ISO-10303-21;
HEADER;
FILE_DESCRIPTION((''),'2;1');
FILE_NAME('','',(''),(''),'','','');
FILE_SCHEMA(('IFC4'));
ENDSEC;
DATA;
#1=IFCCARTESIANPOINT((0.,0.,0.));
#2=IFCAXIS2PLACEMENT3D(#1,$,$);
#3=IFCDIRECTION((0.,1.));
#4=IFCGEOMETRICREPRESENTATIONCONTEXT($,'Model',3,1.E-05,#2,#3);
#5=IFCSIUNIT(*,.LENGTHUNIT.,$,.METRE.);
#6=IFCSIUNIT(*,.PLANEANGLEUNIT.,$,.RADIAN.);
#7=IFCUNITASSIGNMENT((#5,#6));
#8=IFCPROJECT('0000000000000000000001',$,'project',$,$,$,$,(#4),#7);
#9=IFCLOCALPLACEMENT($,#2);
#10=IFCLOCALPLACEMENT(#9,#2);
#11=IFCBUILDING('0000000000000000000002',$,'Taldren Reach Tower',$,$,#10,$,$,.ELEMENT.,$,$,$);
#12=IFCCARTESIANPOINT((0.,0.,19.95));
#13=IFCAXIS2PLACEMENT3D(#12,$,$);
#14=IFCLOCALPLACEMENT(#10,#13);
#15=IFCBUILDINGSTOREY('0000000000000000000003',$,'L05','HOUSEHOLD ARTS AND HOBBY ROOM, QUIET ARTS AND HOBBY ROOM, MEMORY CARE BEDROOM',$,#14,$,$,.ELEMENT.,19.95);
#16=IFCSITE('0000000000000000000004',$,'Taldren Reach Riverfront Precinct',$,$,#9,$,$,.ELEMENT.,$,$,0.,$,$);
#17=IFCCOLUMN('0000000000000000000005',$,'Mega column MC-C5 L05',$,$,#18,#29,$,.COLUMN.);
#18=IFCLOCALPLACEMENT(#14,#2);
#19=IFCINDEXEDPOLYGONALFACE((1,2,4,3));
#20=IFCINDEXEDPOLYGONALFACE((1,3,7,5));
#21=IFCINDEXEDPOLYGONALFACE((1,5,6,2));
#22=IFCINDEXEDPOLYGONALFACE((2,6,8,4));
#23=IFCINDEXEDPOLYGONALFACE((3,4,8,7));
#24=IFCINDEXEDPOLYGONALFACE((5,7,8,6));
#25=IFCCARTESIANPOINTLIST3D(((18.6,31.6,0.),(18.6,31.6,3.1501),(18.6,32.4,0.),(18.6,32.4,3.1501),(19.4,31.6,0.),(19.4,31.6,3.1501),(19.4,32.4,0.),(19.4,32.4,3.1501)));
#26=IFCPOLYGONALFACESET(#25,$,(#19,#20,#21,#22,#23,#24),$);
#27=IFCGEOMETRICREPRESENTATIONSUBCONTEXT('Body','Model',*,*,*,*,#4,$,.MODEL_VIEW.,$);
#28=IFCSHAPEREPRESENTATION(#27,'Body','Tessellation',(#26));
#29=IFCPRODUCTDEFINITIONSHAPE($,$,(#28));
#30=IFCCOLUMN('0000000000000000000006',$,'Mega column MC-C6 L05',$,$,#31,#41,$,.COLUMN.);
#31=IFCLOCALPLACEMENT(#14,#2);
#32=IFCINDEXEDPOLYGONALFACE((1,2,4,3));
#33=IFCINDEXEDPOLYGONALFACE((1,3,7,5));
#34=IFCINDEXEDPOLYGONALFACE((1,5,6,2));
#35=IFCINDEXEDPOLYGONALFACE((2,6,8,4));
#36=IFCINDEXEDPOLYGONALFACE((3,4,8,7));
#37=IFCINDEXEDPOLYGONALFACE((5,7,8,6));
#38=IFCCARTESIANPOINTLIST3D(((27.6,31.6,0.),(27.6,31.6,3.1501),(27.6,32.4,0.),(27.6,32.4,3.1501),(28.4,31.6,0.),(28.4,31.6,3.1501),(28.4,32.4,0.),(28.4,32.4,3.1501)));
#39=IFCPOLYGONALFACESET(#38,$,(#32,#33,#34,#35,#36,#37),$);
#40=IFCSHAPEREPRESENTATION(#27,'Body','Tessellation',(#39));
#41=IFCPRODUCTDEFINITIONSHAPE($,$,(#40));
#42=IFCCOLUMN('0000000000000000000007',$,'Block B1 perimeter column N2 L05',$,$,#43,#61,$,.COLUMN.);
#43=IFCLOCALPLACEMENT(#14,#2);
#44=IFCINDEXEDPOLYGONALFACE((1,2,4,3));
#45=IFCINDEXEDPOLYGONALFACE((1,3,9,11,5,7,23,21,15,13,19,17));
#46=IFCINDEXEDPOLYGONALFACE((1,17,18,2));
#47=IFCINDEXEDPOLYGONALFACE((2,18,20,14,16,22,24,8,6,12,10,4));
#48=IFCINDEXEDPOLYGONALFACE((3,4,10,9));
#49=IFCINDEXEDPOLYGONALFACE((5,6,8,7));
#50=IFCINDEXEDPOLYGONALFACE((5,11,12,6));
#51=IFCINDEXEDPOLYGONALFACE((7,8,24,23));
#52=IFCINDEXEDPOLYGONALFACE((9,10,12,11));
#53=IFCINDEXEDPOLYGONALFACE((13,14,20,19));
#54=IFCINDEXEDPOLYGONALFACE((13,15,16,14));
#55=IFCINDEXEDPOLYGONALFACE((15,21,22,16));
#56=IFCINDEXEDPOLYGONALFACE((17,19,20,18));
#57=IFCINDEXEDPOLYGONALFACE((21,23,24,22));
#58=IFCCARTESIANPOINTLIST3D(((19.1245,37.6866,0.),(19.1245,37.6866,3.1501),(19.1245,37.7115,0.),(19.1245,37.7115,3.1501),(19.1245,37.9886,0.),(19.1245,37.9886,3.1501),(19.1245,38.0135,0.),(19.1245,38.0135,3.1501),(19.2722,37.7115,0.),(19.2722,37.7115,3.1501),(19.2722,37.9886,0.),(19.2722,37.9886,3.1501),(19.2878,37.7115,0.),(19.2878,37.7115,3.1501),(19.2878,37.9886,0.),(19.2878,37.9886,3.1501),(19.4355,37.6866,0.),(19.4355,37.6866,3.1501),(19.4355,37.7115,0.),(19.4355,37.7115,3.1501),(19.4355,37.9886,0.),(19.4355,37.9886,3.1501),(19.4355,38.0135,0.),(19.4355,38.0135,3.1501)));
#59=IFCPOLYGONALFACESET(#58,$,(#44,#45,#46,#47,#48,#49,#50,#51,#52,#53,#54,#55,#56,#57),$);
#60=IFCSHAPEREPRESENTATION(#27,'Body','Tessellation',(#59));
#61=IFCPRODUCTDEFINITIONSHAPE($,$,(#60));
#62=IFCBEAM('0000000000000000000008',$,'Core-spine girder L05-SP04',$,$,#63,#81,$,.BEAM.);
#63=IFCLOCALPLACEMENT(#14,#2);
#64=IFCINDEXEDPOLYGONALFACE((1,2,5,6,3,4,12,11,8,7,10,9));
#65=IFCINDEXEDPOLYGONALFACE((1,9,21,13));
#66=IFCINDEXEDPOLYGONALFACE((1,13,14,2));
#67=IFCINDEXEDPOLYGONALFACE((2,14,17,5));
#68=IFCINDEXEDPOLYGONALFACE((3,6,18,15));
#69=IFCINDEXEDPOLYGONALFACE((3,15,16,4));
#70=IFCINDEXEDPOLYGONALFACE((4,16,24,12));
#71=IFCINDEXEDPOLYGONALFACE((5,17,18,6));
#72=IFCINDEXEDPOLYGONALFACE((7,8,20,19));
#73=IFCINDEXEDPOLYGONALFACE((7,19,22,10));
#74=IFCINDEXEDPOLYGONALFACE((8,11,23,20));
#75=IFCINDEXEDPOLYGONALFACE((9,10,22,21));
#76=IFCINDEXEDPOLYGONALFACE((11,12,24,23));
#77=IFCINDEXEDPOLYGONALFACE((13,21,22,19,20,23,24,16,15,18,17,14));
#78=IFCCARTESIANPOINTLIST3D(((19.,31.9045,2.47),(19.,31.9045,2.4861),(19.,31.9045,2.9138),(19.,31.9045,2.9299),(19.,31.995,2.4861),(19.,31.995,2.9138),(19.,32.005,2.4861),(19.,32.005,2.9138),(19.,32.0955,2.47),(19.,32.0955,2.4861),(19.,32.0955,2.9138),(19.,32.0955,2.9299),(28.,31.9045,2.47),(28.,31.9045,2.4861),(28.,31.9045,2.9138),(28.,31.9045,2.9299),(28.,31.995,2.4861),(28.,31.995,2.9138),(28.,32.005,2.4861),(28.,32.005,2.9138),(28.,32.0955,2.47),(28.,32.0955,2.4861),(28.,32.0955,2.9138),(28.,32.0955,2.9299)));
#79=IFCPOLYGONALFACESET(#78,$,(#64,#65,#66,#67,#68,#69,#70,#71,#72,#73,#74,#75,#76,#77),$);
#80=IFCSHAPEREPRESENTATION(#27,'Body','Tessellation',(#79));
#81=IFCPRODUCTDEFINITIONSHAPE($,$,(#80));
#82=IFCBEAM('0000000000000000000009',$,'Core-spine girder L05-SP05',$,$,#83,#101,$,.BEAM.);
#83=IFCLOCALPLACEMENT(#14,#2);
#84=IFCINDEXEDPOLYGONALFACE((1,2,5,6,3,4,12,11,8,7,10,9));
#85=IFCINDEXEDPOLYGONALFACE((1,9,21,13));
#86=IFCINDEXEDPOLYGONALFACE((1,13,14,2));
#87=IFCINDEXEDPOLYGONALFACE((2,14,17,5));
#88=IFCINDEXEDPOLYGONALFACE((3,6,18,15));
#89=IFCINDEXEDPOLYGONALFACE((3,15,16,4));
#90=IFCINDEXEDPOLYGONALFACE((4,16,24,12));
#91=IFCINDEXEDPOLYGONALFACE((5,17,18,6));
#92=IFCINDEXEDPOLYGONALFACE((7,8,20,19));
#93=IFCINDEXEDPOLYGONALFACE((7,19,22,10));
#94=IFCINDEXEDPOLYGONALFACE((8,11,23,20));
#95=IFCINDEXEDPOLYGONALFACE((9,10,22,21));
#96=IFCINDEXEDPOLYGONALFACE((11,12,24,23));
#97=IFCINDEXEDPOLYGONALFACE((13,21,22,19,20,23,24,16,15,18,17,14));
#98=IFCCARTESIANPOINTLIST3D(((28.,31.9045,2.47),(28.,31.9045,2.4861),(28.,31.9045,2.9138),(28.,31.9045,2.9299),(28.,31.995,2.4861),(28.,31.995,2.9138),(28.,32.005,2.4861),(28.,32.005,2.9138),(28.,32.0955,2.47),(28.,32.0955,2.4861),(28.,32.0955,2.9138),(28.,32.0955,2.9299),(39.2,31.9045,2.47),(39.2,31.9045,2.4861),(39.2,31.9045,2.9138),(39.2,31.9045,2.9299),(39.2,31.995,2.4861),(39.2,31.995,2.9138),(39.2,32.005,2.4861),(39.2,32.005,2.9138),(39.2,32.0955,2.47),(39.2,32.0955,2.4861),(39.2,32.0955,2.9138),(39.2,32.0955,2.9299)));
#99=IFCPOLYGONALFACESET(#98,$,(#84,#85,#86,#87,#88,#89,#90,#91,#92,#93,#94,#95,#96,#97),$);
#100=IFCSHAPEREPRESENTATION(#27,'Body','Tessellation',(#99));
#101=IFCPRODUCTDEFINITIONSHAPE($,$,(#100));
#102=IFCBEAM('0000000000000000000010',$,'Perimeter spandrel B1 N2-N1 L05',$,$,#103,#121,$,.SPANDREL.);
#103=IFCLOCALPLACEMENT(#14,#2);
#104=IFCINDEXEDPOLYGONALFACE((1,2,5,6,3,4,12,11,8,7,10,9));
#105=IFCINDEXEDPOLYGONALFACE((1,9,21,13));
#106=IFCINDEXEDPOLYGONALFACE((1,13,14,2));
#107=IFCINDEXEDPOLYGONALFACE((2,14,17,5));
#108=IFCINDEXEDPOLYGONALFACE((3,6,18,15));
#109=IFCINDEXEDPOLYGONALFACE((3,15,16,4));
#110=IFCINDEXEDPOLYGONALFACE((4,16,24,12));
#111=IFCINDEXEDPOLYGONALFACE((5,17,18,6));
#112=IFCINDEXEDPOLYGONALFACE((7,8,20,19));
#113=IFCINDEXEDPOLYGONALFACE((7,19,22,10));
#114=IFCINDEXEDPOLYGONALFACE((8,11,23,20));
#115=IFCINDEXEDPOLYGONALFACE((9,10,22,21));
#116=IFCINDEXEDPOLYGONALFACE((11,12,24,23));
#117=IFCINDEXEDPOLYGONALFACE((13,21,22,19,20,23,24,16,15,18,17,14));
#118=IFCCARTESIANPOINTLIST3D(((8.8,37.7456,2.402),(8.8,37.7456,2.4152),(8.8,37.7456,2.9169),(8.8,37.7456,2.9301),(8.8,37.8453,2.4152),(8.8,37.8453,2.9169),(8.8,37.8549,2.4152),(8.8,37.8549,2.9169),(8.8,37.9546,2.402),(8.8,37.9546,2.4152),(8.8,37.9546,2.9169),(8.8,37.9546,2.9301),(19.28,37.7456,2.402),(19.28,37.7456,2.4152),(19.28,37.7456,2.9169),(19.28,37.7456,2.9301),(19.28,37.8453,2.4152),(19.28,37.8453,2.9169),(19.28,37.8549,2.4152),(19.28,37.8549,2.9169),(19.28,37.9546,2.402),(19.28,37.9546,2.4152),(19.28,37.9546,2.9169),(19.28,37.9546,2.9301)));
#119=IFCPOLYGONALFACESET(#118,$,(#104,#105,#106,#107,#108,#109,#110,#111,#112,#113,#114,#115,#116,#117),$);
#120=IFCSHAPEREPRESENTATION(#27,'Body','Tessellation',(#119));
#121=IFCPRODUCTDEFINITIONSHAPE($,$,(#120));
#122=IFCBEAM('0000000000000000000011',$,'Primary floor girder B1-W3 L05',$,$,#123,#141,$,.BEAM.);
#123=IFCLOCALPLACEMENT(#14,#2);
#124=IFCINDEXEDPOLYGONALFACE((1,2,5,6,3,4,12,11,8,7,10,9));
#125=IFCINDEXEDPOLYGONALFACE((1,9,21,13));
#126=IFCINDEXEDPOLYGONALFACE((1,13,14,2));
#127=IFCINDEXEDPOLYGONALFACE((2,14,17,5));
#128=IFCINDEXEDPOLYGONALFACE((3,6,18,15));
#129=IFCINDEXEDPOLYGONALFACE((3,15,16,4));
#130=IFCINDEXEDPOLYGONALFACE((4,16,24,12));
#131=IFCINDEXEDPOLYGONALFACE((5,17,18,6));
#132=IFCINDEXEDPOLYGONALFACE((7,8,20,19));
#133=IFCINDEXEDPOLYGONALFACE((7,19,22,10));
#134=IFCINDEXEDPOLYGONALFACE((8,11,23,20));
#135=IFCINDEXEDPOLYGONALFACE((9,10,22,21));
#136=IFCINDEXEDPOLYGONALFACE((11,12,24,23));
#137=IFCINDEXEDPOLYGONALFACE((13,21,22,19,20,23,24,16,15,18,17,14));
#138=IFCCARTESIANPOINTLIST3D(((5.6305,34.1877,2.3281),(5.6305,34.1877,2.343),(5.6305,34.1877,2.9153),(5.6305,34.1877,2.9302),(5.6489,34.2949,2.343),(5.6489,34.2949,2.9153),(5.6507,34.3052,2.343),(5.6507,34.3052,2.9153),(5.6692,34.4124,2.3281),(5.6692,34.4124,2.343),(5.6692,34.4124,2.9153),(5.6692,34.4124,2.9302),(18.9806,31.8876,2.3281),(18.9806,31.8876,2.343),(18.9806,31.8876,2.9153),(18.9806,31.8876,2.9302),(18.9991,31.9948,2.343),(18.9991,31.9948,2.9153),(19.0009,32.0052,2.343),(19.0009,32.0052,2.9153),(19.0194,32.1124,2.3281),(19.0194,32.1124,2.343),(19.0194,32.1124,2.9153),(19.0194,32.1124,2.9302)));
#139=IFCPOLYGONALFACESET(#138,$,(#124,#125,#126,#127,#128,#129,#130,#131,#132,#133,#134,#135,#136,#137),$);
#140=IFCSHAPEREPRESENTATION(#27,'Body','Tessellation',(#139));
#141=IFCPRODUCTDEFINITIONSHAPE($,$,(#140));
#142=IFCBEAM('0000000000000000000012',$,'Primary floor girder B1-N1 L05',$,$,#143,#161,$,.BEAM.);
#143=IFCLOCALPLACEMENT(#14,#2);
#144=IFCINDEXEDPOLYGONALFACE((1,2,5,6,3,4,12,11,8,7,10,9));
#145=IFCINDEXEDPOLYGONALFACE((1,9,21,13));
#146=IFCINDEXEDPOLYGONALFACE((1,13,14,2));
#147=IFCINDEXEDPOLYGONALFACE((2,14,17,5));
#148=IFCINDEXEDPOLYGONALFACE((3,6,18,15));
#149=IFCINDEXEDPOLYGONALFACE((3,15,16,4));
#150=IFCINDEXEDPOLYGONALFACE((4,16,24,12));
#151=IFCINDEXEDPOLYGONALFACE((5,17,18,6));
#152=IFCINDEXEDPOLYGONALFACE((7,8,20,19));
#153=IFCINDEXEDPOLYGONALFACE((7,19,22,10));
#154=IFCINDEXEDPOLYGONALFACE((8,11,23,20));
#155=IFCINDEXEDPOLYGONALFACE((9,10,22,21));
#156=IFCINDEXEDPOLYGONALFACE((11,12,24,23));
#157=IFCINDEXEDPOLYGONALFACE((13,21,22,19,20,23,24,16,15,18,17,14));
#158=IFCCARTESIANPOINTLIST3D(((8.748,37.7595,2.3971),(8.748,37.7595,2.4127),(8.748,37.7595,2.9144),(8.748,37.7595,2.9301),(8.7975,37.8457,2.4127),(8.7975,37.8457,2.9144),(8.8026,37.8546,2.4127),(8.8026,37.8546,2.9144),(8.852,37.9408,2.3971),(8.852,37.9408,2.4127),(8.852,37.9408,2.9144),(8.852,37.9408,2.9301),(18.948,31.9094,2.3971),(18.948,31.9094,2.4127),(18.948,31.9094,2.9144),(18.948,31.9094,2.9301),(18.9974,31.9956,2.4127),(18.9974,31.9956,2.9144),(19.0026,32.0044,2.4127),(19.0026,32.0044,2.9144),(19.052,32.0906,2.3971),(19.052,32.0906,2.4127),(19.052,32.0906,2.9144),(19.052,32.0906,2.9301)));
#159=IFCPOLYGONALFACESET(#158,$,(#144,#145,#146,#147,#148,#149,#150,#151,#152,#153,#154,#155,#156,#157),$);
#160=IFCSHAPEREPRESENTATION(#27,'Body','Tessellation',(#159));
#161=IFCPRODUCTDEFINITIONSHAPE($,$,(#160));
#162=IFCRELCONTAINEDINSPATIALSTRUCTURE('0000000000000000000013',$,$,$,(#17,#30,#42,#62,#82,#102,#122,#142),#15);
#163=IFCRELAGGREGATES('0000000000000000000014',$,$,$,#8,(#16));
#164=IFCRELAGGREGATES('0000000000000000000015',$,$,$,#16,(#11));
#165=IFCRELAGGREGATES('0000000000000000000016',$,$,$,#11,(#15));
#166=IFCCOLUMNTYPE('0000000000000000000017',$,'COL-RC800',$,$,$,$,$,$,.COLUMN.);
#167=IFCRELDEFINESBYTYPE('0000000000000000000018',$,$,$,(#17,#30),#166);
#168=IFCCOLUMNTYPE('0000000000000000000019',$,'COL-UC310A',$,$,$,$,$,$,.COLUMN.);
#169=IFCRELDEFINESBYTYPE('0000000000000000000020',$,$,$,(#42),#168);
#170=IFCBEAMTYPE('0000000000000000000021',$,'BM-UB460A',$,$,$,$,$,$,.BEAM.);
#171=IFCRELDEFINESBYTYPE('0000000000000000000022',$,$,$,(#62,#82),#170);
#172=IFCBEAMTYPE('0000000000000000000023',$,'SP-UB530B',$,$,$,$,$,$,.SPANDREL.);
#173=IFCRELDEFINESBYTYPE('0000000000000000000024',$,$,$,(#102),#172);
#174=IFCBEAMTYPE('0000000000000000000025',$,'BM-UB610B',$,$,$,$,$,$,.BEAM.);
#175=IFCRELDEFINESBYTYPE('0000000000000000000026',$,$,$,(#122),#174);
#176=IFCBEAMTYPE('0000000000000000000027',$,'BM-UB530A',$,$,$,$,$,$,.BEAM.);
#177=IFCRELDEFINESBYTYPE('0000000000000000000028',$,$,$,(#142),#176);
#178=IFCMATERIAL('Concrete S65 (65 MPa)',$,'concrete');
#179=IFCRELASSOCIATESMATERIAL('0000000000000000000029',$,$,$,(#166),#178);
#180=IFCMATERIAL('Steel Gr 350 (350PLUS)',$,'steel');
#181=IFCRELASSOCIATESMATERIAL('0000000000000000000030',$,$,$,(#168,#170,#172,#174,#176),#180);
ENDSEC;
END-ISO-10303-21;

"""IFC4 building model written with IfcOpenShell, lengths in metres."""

from ifc_helpers import new_model, si_unit, direction, frame, origin, origin_2d, place, context, subcontext, project, spatial, rectangle, i_section, extrude, source, transform, mapped, material, material_profile, profile_set, type_object, element, save


model = new_model("IFC4")

# Units and contexts
model_context = context("Model", 3, precision=1e-05, world=origin(), true_north=direction((0.0, 1.0)))
body_context = subcontext(model_context, "Body", "Model", "MODEL_VIEW")
ifc_project = project(units=[si_unit("LENGTHUNIT", "METRE"), si_unit("PLANEANGLEUNIT", "RADIAN")], contexts=[model_context])

# Site, building, storey
site_placement = place(None, origin())
site = spatial("IfcSite", under=ifc_project, at=site_placement, Name="Taldren Reach Riverfront Precinct", CompositionType="ELEMENT", RefElevation=0.0)
building_placement = place(site_placement, origin())
building = spatial("IfcBuilding", under=site, at=building_placement, Name="Taldren Reach Tower", CompositionType="ELEMENT")
storey_placement = place(building_placement, frame((0.0, 0.0, 19.95)))
storey = spatial("IfcBuildingStorey", under=building, at=storey_placement, Name="L05", Description="HOUSEHOLD ARTS AND HOBBY ROOM, QUIET ARTS AND HOBBY ROOM, MEMORY CARE BEDROOM", CompositionType="ELEMENT", Elevation=19.95)

# Columns
ifc_material_1 = material(Name="Concrete S65 (65 MPa)", Category="concrete")
ifc_material_profile_1 = material_profile(ifc_material_1, rectangle(XDim=0.8, YDim=0.8, at=origin_2d()), Name="RC-800x800")
ifc_profile_set_1 = profile_set([ifc_material_profile_1], Name="Concrete S65 (65 MPa)")
column_type_1 = type_object("IfcColumnType", Name="COL-RC800", PredefinedType="COLUMN", material=ifc_profile_set_1)
shared_shape_1 = source(origin(), body_context, "Body", "SweptSolid", [
    extrude(rectangle(XDim=0.8, YDim=0.8, at=origin_2d()), origin(), (0.0, 0.0, 1.0), 3.1501),
])
for number, where, z_axis, x_axis, name in (
    (1, (19.0, 32.0, 0.0), (0.0, 0.0, 1.0), (1.0, 0.0, 0.0), "Mega column MC-C5 L05"),
    (2, (28.0, 32.0, 0.0), (0.0, 0.0, 1.0), (1.0, 0.0, 0.0), "Mega column MC-C6 L05"),
):
    element("IfcColumn", number, at=place(storey_placement, frame(where, z_axis=z_axis, x_axis=x_axis)), inside=storey, type_object=column_type_1, Name=name, PredefinedType="COLUMN", context=body_context, shape_type="MappedRepresentation", body=[
        mapped(shared_shape_1, transform((0.0, 0.0, 0.0), scale=1.0)),
    ])
ifc_material_2 = material(Name="Steel Gr 350 (350PLUS)", Category="steel")
ifc_material_profile_2 = material_profile(ifc_material_2, i_section(OverallWidth=0.311, OverallDepth=0.3269, WebThickness=0.0156, FlangeThickness=0.0249, at=origin_2d()), Name="310UC158")
ifc_profile_set_2 = profile_set([ifc_material_profile_2], Name="Steel Gr 350 (350PLUS)")
column_type_2 = type_object("IfcColumnType", Name="COL-UC310A", PredefinedType="COLUMN", material=ifc_profile_set_2)
shared_shape_2 = source(origin(), body_context, "Body", "SweptSolid", [
    extrude(i_section(OverallWidth=0.311, OverallDepth=0.3269, WebThickness=0.0156, FlangeThickness=0.0249, at=origin_2d()), origin(), (0.0, 0.0, 1.0), 3.1501),
])
column_placement = place(storey_placement, frame((19.28, 37.8501, 0.0), z_axis=(0.0, 0.0, 1.0), x_axis=(1.0, 0.0, 0.0)))
element("IfcColumn", 3, at=column_placement, inside=storey, type_object=column_type_2, Name="Block B1 perimeter column N2 L05", PredefinedType="COLUMN", context=body_context, shape_type="MappedRepresentation", body=[
    mapped(shared_shape_2, transform((0.0, 0.0, 0.0), scale=1.0)),
])

# Beams
ifc_material_profile_3 = material_profile(ifc_material_2, i_section(OverallWidth=0.1909, OverallDepth=0.46, WebThickness=0.01, FlangeThickness=0.0161, at=origin_2d()), Name="460UB82.1")
ifc_profile_set_3 = profile_set([ifc_material_profile_3], Name="Steel Gr 350 (350PLUS)")
beam_type_1 = type_object("IfcBeamType", Name="BM-UB460A", PredefinedType="BEAM", material=ifc_profile_set_3)
shared_shape_3 = source(origin(), body_context, "Body", "SweptSolid", [
    extrude(i_section(OverallWidth=0.1909, OverallDepth=0.46, WebThickness=0.01, FlangeThickness=0.0161, at=origin_2d()), origin(), (0.0, 0.0, 1.0), 9.0),
])
beam_1_placement = place(storey_placement, frame((19.0, 32.0, 2.7), z_axis=(1.0, 0.0, 0.0), x_axis=(0.0, 1.0, 0.0)))
element("IfcBeam", 4, at=beam_1_placement, inside=storey, type_object=beam_type_1, Name="Core-spine girder L05-SP04", PredefinedType="BEAM", context=body_context, shape_type="MappedRepresentation", body=[
    mapped(shared_shape_3, transform((0.0, 0.0, 0.0), scale=1.0)),
])
shared_shape_4 = source(origin(), body_context, "Body", "SweptSolid", [
    extrude(i_section(OverallWidth=0.1909, OverallDepth=0.46, WebThickness=0.01, FlangeThickness=0.0161, at=origin_2d()), origin(), (0.0, 0.0, 1.0), 11.2),
])
beam_2_placement = place(storey_placement, frame((28.0, 32.0, 2.7), z_axis=(1.0, 0.0, 0.0), x_axis=(0.0, 1.0, 0.0)))
element("IfcBeam", 5, at=beam_2_placement, inside=storey, type_object=beam_type_1, Name="Core-spine girder L05-SP05", PredefinedType="BEAM", context=body_context, shape_type="MappedRepresentation", body=[
    mapped(shared_shape_4, transform((0.0, 0.0, 0.0), scale=1.0)),
])
ifc_material_profile_4 = material_profile(ifc_material_2, i_section(OverallWidth=0.209, OverallDepth=0.5281, WebThickness=0.0095, FlangeThickness=0.0132, at=origin_2d()), Name="530UB82.0")
ifc_profile_set_4 = profile_set([ifc_material_profile_4], Name="Steel Gr 350 (350PLUS)")
beam_type_2 = type_object("IfcBeamType", Name="SP-UB530B", PredefinedType="SPANDREL", material=ifc_profile_set_4)
shared_shape_5 = source(origin(), body_context, "Body", "SweptSolid", [
    extrude(i_section(OverallWidth=0.209, OverallDepth=0.5281, WebThickness=0.0095, FlangeThickness=0.0132, at=origin_2d()), origin(), (0.0, 0.0, 1.0), 10.48),
])
beam_3_placement = place(storey_placement, frame((19.28, 37.8501, 2.666), z_axis=(-1.0, 0.0, 0.0), x_axis=(0.0, -1.0, 0.0)))
element("IfcBeam", 6, at=beam_3_placement, inside=storey, type_object=beam_type_2, Name="Perimeter spandrel B1 N2-N1 L05", PredefinedType="SPANDREL", context=body_context, shape_type="MappedRepresentation", body=[
    mapped(shared_shape_5, transform((0.0, 0.0, 0.0), scale=1.0)),
])
ifc_material_profile_5 = material_profile(ifc_material_2, i_section(OverallWidth=0.228, OverallDepth=0.6021, WebThickness=0.0105, FlangeThickness=0.0149, at=origin_2d()), Name="610UB101")
ifc_profile_set_5 = profile_set([ifc_material_profile_5], Name="Steel Gr 350 (350PLUS)")
beam_type_3 = type_object("IfcBeamType", Name="BM-UB610B", PredefinedType="BEAM", material=ifc_profile_set_5)
shared_shape_6 = source(origin(), body_context, "Body", "SweptSolid", [
    extrude(i_section(OverallWidth=0.228, OverallDepth=0.6021, WebThickness=0.0105, FlangeThickness=0.0149, at=origin_2d()), origin(), (0.0, 0.0, 1.0), 13.5469),
])
beam_4_placement = place(storey_placement, frame((19.0, 32.0, 2.6292), z_axis=(-0.985481, 0.169786, 0.0), x_axis=(-0.169786, -0.985481, 0.0)))
element("IfcBeam", 7, at=beam_4_placement, inside=storey, type_object=beam_type_3, Name="Primary floor girder B1-W3 L05", PredefinedType="BEAM", context=body_context, shape_type="MappedRepresentation", body=[
    mapped(shared_shape_6, transform((0.0, 0.0, 0.0), scale=1.0)),
])
ifc_material_profile_6 = material_profile(ifc_material_2, i_section(OverallWidth=0.209, OverallDepth=0.533, WebThickness=0.0103, FlangeThickness=0.0156, at=origin_2d()), Name="530UB92.4")
ifc_profile_set_6 = profile_set([ifc_material_profile_6], Name="Steel Gr 350 (350PLUS)")
beam_type_4 = type_object("IfcBeamType", Name="BM-UB530A", PredefinedType="BEAM", material=ifc_profile_set_6)
shared_shape_7 = source(origin(), body_context, "Body", "SweptSolid", [
    extrude(i_section(OverallWidth=0.209, OverallDepth=0.533, WebThickness=0.0103, FlangeThickness=0.0156, at=origin_2d()), origin(), (0.0, 0.0, 1.0), 11.7585),
])
beam_5_placement = place(storey_placement, frame((19.0, 32.0, 2.6636), z_axis=(-0.867452, 0.49752, 0.0), x_axis=(-0.49752, -0.867452, 0.0)))
element("IfcBeam", 8, at=beam_5_placement, inside=storey, type_object=beam_type_4, Name="Primary floor girder B1-N1 L05", PredefinedType="BEAM", context=body_context, shape_type="MappedRepresentation", body=[
    mapped(shared_shape_7, transform((0.0, 0.0, 0.0), scale=1.0)),
])

save(model, "model.ifc")
